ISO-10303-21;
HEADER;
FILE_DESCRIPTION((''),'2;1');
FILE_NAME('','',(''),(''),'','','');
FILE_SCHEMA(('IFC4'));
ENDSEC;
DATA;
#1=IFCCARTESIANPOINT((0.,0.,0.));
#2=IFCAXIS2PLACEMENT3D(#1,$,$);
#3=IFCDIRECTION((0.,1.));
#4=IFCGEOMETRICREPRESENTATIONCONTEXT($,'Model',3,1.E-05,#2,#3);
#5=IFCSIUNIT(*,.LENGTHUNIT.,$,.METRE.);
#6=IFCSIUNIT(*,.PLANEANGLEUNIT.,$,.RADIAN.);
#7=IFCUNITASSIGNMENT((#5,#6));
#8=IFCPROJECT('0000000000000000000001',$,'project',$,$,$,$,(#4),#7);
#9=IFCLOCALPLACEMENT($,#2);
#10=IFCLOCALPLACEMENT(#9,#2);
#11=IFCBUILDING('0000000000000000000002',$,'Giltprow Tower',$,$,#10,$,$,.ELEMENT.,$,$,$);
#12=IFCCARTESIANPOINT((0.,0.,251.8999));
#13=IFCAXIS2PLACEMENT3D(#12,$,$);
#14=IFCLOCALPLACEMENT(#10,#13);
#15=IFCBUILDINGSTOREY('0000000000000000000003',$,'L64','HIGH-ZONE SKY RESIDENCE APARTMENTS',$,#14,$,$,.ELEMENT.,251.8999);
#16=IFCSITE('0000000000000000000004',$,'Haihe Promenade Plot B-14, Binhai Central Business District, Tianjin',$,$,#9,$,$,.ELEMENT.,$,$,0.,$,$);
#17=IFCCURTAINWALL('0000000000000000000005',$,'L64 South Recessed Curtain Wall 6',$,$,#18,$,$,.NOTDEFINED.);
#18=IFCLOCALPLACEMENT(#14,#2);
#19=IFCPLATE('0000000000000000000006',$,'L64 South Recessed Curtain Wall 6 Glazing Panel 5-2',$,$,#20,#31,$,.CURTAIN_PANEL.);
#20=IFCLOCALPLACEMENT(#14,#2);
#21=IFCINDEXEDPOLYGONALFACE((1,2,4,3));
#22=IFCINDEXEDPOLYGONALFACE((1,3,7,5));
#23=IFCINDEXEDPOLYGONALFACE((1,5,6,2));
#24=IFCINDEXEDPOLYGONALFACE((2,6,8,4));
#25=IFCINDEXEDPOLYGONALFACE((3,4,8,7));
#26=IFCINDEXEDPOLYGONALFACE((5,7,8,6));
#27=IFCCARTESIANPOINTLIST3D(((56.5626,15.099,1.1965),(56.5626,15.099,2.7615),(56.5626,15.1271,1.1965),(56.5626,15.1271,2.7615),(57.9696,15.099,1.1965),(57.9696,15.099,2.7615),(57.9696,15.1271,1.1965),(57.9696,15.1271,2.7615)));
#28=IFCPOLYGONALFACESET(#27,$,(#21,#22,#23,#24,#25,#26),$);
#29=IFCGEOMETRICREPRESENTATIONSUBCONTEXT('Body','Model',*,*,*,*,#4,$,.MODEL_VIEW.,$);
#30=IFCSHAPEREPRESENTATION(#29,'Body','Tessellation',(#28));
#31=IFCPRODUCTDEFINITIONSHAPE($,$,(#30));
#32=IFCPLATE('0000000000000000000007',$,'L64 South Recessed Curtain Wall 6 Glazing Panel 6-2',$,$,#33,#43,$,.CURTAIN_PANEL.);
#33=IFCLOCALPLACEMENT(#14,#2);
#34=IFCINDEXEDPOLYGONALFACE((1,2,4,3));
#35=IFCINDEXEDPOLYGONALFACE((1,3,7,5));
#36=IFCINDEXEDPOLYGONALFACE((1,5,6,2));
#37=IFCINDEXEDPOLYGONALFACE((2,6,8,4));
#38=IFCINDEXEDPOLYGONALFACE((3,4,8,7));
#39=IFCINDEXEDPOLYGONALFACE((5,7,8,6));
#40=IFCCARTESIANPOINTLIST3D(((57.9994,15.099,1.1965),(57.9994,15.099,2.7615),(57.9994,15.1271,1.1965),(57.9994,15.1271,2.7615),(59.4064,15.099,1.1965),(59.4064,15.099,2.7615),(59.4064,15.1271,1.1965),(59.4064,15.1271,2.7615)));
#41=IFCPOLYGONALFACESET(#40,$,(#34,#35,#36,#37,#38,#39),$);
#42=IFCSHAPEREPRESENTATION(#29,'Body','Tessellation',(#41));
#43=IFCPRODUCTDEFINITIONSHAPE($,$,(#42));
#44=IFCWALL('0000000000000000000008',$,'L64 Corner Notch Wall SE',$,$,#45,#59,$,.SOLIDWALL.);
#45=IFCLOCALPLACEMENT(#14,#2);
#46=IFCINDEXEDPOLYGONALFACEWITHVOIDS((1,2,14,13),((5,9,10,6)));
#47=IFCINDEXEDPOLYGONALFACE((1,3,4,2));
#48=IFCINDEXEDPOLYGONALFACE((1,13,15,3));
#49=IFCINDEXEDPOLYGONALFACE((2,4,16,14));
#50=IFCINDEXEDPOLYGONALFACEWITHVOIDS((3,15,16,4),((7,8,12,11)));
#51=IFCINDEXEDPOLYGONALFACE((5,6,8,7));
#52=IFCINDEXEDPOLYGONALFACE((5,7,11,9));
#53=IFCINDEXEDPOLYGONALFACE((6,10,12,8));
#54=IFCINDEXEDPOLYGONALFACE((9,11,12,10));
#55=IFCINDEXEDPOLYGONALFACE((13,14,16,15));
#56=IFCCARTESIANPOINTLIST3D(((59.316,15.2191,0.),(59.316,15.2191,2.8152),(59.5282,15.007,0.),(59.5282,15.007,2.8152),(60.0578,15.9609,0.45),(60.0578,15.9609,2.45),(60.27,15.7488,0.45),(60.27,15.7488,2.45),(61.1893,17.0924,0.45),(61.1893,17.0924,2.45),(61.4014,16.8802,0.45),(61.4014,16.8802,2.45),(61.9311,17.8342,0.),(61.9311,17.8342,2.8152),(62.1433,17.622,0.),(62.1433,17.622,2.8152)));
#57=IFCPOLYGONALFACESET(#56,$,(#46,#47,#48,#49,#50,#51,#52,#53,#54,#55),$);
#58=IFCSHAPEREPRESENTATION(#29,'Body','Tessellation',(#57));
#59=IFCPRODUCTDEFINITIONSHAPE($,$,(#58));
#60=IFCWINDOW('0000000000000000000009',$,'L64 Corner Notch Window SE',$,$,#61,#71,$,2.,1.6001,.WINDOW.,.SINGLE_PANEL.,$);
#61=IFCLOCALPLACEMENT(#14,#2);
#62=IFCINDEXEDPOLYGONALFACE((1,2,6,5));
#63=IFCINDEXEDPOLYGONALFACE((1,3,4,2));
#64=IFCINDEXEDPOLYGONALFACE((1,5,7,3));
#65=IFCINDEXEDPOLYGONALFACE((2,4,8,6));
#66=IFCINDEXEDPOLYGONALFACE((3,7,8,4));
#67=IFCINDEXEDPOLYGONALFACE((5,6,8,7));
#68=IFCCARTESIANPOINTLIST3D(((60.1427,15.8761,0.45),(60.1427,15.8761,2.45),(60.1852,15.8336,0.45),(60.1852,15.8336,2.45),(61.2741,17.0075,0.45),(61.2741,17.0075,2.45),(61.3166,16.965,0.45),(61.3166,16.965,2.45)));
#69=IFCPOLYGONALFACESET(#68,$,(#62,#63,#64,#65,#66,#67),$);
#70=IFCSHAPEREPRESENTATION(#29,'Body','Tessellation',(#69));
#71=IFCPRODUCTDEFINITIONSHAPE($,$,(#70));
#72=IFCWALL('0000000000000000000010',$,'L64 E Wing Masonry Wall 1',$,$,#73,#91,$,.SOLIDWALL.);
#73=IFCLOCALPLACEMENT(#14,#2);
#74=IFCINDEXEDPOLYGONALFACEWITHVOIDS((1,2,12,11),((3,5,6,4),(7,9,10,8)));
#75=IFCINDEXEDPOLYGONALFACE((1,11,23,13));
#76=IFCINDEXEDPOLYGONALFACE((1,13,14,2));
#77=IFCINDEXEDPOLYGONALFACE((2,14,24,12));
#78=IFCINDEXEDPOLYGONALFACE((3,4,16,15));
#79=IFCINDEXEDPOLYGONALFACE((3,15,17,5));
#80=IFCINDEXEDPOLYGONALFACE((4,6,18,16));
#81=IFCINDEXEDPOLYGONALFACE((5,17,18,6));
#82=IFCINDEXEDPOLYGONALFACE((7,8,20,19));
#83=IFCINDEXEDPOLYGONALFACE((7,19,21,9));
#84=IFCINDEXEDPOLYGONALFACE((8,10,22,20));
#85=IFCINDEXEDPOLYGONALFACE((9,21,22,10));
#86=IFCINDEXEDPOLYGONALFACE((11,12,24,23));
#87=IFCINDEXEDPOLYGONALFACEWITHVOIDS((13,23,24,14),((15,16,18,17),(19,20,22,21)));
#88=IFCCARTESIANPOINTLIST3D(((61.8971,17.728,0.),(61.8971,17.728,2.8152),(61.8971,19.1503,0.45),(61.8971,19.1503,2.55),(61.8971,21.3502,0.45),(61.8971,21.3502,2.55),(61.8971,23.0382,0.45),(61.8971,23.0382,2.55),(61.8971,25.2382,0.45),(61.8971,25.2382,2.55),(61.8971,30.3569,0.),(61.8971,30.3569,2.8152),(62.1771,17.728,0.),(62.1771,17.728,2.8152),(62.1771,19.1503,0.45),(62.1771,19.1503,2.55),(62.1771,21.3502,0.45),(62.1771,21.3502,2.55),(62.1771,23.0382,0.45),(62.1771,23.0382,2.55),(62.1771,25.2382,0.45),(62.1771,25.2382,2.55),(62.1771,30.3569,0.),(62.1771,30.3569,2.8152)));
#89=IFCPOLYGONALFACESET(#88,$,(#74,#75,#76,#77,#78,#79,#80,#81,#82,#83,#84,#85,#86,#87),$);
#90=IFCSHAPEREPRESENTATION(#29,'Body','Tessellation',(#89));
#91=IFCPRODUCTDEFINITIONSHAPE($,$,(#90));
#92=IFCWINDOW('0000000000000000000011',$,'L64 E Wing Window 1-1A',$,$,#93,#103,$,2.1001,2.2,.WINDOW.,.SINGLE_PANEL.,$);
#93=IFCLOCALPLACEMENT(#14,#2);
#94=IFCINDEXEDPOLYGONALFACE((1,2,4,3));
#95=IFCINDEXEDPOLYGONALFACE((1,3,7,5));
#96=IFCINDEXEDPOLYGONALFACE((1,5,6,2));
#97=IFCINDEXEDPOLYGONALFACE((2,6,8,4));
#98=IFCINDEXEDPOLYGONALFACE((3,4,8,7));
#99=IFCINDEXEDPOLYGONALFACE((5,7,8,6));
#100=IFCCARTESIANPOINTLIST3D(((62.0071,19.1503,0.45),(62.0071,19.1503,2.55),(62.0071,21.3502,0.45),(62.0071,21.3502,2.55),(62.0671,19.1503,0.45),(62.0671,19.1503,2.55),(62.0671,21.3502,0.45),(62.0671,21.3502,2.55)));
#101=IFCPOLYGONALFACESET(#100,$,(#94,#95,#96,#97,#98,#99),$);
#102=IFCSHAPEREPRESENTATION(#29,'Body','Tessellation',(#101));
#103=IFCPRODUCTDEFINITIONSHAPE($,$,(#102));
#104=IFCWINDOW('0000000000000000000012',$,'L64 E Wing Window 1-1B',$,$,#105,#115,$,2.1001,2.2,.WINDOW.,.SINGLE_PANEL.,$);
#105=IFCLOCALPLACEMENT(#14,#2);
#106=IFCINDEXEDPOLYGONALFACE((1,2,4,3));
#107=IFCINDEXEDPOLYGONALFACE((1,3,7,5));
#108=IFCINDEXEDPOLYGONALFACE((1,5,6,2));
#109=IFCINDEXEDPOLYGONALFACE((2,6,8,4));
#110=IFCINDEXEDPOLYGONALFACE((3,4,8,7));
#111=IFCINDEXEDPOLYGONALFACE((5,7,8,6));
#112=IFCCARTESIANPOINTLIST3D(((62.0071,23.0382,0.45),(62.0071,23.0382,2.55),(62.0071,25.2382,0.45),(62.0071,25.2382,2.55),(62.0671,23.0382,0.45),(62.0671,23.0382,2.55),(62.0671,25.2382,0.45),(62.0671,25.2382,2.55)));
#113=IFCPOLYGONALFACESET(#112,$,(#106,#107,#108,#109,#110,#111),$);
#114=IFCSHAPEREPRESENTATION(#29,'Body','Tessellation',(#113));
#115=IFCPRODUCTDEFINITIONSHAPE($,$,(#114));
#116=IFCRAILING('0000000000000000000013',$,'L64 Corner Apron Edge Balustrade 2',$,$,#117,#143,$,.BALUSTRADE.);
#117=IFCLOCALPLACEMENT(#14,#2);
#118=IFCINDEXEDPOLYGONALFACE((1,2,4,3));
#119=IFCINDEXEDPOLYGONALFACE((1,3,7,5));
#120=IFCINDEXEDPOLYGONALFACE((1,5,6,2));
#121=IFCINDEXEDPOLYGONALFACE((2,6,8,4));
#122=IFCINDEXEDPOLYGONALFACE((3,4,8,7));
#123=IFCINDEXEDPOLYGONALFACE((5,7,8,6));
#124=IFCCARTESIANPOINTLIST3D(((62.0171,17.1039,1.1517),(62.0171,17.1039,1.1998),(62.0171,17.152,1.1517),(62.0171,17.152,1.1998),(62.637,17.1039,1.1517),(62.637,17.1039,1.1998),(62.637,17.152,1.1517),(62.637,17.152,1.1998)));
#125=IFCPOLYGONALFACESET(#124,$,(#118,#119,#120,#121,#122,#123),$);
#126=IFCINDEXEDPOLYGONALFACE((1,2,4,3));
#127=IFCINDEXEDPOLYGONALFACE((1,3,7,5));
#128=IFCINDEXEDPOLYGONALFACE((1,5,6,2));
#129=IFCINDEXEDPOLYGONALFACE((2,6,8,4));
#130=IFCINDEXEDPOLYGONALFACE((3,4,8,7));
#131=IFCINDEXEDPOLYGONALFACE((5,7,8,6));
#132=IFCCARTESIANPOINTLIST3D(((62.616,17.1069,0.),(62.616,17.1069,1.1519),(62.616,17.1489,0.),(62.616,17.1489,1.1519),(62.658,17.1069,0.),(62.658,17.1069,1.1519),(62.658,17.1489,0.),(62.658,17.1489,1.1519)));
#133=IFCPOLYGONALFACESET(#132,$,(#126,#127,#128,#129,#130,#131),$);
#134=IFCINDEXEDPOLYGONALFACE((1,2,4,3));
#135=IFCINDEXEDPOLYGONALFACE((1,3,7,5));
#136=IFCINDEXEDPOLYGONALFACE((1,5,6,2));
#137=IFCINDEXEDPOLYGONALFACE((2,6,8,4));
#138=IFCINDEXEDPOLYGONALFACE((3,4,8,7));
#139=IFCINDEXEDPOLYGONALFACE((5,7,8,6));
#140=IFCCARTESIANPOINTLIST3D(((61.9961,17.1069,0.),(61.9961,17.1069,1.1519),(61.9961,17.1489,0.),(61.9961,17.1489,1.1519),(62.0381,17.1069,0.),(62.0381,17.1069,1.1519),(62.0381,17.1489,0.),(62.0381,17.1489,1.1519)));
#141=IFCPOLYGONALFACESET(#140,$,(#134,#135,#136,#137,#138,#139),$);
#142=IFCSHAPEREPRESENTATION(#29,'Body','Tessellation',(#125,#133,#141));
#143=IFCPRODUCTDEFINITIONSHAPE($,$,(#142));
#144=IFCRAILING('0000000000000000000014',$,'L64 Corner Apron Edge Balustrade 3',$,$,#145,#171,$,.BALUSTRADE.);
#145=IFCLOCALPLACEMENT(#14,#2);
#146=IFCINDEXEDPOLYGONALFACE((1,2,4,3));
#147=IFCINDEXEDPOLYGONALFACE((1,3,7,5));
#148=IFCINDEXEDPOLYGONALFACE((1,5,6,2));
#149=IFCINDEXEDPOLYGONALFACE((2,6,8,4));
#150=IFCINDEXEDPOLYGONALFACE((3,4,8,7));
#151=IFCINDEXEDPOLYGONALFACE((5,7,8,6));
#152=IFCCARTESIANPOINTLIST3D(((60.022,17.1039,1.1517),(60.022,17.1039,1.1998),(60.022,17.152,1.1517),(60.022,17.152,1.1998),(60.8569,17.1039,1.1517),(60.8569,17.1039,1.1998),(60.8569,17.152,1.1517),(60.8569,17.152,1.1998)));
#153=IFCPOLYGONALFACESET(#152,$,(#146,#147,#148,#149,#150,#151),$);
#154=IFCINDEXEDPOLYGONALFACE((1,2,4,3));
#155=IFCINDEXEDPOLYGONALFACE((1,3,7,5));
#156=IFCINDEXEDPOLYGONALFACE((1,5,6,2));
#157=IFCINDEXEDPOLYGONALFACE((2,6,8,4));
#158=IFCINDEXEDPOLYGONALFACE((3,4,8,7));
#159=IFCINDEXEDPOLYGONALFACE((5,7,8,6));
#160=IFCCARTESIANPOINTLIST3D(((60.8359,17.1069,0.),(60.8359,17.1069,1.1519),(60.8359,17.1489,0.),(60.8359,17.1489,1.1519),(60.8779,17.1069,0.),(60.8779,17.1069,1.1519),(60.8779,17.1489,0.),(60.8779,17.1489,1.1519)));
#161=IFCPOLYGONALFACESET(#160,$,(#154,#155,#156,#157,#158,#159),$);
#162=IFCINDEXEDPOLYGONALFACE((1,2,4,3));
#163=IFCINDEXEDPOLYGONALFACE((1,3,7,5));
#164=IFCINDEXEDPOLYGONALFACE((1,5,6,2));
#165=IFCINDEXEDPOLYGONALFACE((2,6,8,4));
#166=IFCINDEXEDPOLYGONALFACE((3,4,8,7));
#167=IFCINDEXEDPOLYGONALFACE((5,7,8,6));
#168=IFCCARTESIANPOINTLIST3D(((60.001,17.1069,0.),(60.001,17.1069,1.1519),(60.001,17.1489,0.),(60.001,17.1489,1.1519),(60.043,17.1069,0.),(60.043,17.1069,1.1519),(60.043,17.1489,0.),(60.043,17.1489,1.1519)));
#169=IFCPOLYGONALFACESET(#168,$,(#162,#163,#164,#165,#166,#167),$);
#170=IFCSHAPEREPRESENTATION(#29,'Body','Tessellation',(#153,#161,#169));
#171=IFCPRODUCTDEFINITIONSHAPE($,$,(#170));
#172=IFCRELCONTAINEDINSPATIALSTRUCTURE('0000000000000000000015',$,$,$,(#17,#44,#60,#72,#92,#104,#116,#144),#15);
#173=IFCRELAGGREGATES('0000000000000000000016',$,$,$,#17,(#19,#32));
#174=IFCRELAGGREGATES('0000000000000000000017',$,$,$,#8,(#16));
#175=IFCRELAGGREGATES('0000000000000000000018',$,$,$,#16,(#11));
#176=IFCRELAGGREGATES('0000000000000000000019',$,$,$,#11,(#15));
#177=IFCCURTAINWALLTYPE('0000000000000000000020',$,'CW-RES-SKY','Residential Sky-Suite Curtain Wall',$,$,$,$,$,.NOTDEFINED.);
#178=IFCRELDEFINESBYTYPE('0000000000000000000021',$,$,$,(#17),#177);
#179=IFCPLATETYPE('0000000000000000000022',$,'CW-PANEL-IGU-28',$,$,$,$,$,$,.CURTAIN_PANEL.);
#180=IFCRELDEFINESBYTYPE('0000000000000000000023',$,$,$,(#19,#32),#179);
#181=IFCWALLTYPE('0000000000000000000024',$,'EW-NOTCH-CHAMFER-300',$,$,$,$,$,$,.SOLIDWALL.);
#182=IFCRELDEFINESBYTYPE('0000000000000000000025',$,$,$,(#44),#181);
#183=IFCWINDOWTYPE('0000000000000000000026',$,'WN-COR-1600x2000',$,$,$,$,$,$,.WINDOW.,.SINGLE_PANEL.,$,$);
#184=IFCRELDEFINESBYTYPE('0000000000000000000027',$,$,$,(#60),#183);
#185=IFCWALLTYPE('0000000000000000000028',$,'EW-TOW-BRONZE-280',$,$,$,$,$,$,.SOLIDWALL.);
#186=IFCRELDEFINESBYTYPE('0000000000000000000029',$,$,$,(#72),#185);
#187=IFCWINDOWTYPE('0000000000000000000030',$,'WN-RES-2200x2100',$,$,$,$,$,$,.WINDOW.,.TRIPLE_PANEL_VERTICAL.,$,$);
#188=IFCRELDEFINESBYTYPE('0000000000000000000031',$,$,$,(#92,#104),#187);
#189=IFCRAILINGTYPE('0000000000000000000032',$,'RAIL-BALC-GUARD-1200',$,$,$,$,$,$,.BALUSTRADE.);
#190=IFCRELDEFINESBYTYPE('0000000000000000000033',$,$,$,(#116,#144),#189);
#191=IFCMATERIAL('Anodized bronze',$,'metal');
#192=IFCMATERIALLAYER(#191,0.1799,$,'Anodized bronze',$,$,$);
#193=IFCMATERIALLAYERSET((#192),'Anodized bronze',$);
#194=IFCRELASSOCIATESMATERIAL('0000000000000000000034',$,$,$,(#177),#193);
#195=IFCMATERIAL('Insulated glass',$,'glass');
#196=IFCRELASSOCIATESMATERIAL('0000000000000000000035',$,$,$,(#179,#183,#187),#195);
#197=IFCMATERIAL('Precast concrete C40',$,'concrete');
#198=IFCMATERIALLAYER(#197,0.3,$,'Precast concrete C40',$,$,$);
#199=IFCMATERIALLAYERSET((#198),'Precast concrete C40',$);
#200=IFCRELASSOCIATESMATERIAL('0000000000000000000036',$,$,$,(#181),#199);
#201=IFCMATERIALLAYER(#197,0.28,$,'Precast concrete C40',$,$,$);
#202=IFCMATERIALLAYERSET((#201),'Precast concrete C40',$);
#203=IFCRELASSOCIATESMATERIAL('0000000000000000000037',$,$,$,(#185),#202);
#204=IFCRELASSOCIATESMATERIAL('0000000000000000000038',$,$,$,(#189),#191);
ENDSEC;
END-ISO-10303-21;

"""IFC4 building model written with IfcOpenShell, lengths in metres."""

from ifc_helpers import new_model, si_unit, direction, frame, frame_2d, origin, origin_2d, place, context, subcontext, project, spatial, rectangle, extrude, source, transform, mapped, material, layer, layer_set, type_object, element, fill, aggregate, save


model = new_model("IFC4")

# Units and contexts
model_context = context("Model", 3, precision=1e-05, world=origin(), true_north=direction((0.0, 1.0)))
body_context = subcontext(model_context, "Body", "Model", "MODEL_VIEW")
ifc_project = project(units=[si_unit("LENGTHUNIT", "METRE"), si_unit("PLANEANGLEUNIT", "RADIAN")], contexts=[model_context])

# Site, building, storey
site_placement = place(None, origin())
site = spatial("IfcSite", under=ifc_project, at=site_placement, Name="Haihe Promenade Plot B-14, Binhai Central Business District, Tianjin", CompositionType="ELEMENT", RefElevation=0.0)
building_placement = place(site_placement, origin())
building = spatial("IfcBuilding", under=site, at=building_placement, Name="Giltprow Tower", CompositionType="ELEMENT")
storey_placement = place(building_placement, frame((0.0, 0.0, 251.8999)))
storey = spatial("IfcBuildingStorey", under=building, at=storey_placement, Name="L64", Description="HIGH-ZONE SKY RESIDENCE APARTMENTS", CompositionType="ELEMENT", Elevation=251.8999)

# Curtain wall
ifc_material_1 = material(Name="Anodized bronze", Category="metal")
ifc_layer_1 = layer(ifc_material_1, 0.1799, Name="Anodized bronze")
ifc_layer_set_1 = layer_set([ifc_layer_1], Name="Anodized bronze")
curtain_wall_type = type_object("IfcCurtainWallType", Name="CW-RES-SKY", Description="Residential Sky-Suite Curtain Wall", PredefinedType="NOTDEFINED", material=ifc_layer_set_1)
curtain_wall_placement = place(storey_placement, origin())
curtain_wall = element("IfcCurtainWall", 1, at=curtain_wall_placement, inside=storey, type_object=curtain_wall_type, Name="L64 South Recessed Curtain Wall 6", PredefinedType="NOTDEFINED")

# Plates
ifc_material_2 = material(Name="Insulated glass", Category="glass")
plate_type_1 = type_object("IfcPlateType", Name="CW-PANEL-IGU-28", PredefinedType="CURTAIN_PANEL", material=ifc_material_2)
shared_shape_1 = source(origin(), body_context, "Body", "SweptSolid", [
    extrude(rectangle(XDim=1.407, YDim=0.0281, at=origin_2d()), origin(), (0.0, 0.0, 1.0), 1.5649),
])
plate_1_placement = place(storey_placement, frame((57.2661, 15.113, 1.1965), z_axis=(0.0, 0.0, 1.0), x_axis=(1.0, 0.0, 0.0)))
plate_1 = element("IfcPlate", 2, at=plate_1_placement, type_object=plate_type_1, Name="L64 South Recessed Curtain Wall 6 Glazing Panel 5-2", PredefinedType="CURTAIN_PANEL", context=body_context, shape_type="MappedRepresentation", body=[
    mapped(shared_shape_1, transform((0.0, 0.0, 0.0), x_axis=(1.0, 0.0, 0.0), y_axis=(0.0, 1.0, 0.0), z_axis=(0.0, 0.0, 1.0), scale=1.0)),
])
plate_2_placement = place(storey_placement, frame((58.7029, 15.113, 1.1965), z_axis=(0.0, 0.0, 1.0), x_axis=(1.0, 0.0, 0.0)))
plate_2 = element("IfcPlate", 3, at=plate_2_placement, type_object=plate_type_1, Name="L64 South Recessed Curtain Wall 6 Glazing Panel 6-2", PredefinedType="CURTAIN_PANEL", context=body_context, shape_type="MappedRepresentation", body=[
    mapped(shared_shape_1, transform((0.0, 0.0, 0.0), x_axis=(1.0, 0.0, 0.0), y_axis=(0.0, 1.0, 0.0), z_axis=(0.0, 0.0, 1.0), scale=1.0)),
])
aggregate(curtain_wall, [plate_1, plate_2])

# Wall, opening, window
ifc_material_3 = material(Name="Precast concrete C40", Category="concrete")
ifc_layer_2 = layer(ifc_material_3, 0.3, Name="Precast concrete C40")
ifc_layer_set_2 = layer_set([ifc_layer_2], Name="Precast concrete C40")
wall_type_1 = type_object("IfcWallType", Name="EW-NOTCH-CHAMFER-300", PredefinedType="SOLIDWALL", material=ifc_layer_set_2)
wall_1_placement = place(storey_placement, frame((59.4221, 15.113, 0.0), z_axis=(0.0, 0.0, 1.0), x_axis=(0.707107, 0.707107, 0.0)))
wall_1 = element("IfcWall", 4, at=wall_1_placement, inside=storey, type_object=wall_type_1, Name="L64 Corner Notch Wall SE", PredefinedType="SOLIDWALL", context=body_context, shape_type="SweptSolid", body=[
    extrude(rectangle(XDim=3.6982, YDim=0.3, at=frame_2d((1.8491, 0.0))), origin(), (0.0, 0.0, 1.0), 2.8152),
])
opening_1_placement = place(wall_1_placement, frame((1.0491, 0.0, 0.45)))
opening_1 = element("IfcOpeningElement", 5, at=opening_1_placement, cuts=wall_1, PredefinedType="OPENING", context=body_context, shape_type="SweptSolid", body=[
    extrude(rectangle(XDim=1.6001, YDim=2.0, at=frame_2d((0.8, 1.0))), frame((0.0, 0.1599, 0.0), z_axis=(0.0, -1.0, 0.0), x_axis=(1.0, 0.0, 0.0)), (0.0, 0.0, 1.0), 0.3201),
])
window_type_1 = type_object("IfcWindowType", Name="WN-COR-1600x2000", PartitioningType="SINGLE_PANEL", PredefinedType="WINDOW", material=ifc_material_2)
shared_shape_2 = source(origin(), body_context, "Body", "SweptSolid", [
    extrude(rectangle(XDim=1.6001, YDim=2.0, at=frame_2d((0.8, 1.0))), frame((0.0, 0.03, 0.0), z_axis=(0.0, -1.0, 0.0), x_axis=(1.0, 0.0, 0.0)), (0.0, 0.0, 1.0), 0.0601),
])
window_1_placement = place(opening_1_placement, origin())
window_1 = element("IfcWindow", 6, at=window_1_placement, inside=storey, type_object=window_type_1, Name="L64 Corner Notch Window SE", OverallHeight=2.0, OverallWidth=1.6001, PartitioningType="SINGLE_PANEL", PredefinedType="WINDOW", context=body_context, shape_type="MappedRepresentation", body=[
    mapped(shared_shape_2, transform((0.0, 0.0, 0.0), x_axis=(1.0, 0.0, 0.0), y_axis=(0.0, 1.0, 0.0), z_axis=(0.0, 0.0, 1.0), scale=1.0)),
])
fill(opening_1, window_1)

# Wall, openings, windows
ifc_layer_3 = layer(ifc_material_3, 0.28, Name="Precast concrete C40")
ifc_layer_set_3 = layer_set([ifc_layer_3], Name="Precast concrete C40")
wall_type_2 = type_object("IfcWallType", Name="EW-TOW-BRONZE-280", PredefinedType="SOLIDWALL", material=ifc_layer_set_3)
wall_2_placement = place(storey_placement, frame((62.0371, 17.728, 0.0), z_axis=(0.0, 0.0, 1.0), x_axis=(0.0, 1.0, 0.0)))
wall_2 = element("IfcWall", 7, at=wall_2_placement, inside=storey, type_object=wall_type_2, Name="L64 E Wing Masonry Wall 1", PredefinedType="SOLIDWALL", context=body_context, shape_type="SweptSolid", body=[
    extrude(rectangle(XDim=12.6289, YDim=0.28, at=frame_2d((6.3145, 0.0))), origin(), (0.0, 0.0, 1.0), 2.8152),
])
opening_2_placement = place(wall_2_placement, frame((1.4221, 0.0, 0.45)))
opening_2 = element("IfcOpeningElement", 8, at=opening_2_placement, cuts=wall_2, PredefinedType="OPENING", context=body_context, shape_type="SweptSolid", body=[
    extrude(rectangle(XDim=2.2, YDim=2.1001, at=frame_2d((1.1001, 1.05))), frame((0.0, 0.1499, 0.0), z_axis=(0.0, -1.0, 0.0), x_axis=(1.0, 0.0, 0.0)), (0.0, 0.0, 1.0), 0.3),
])
opening_3_placement = place(wall_2_placement, frame((5.3101, 0.0, 0.45)))
opening_3 = element("IfcOpeningElement", 9, at=opening_3_placement, cuts=wall_2, PredefinedType="OPENING", context=body_context, shape_type="SweptSolid", body=[
    extrude(rectangle(XDim=2.2, YDim=2.1001, at=frame_2d((1.1001, 1.05))), frame((0.0, 0.1499, 0.0), z_axis=(0.0, -1.0, 0.0), x_axis=(1.0, 0.0, 0.0)), (0.0, 0.0, 1.0), 0.3),
])
window_type_2 = type_object("IfcWindowType", Name="WN-RES-2200x2100", PartitioningType="TRIPLE_PANEL_VERTICAL", PredefinedType="WINDOW", material=ifc_material_2)
shared_shape_3 = source(origin(), body_context, "Body", "SweptSolid", [
    extrude(rectangle(XDim=2.2, YDim=2.1001, at=frame_2d((1.1001, 1.05))), frame((0.0, 0.03, 0.0), z_axis=(0.0, -1.0, 0.0), x_axis=(1.0, 0.0, 0.0)), (0.0, 0.0, 1.0), 0.0601),
])
window_2_placement = place(opening_2_placement, origin())
window_2 = element("IfcWindow", 10, at=window_2_placement, inside=storey, type_object=window_type_2, Name="L64 E Wing Window 1-1A", OverallHeight=2.1001, OverallWidth=2.2, PartitioningType="SINGLE_PANEL", PredefinedType="WINDOW", context=body_context, shape_type="MappedRepresentation", body=[
    mapped(shared_shape_3, transform((0.0, 0.0, 0.0), x_axis=(1.0, 0.0, 0.0), y_axis=(0.0, 1.0, 0.0), z_axis=(0.0, 0.0, 1.0), scale=1.0)),
])
fill(opening_2, window_2)
window_3_placement = place(opening_3_placement, origin())
window_3 = element("IfcWindow", 11, at=window_3_placement, inside=storey, type_object=window_type_2, Name="L64 E Wing Window 1-1B", OverallHeight=2.1001, OverallWidth=2.2, PartitioningType="SINGLE_PANEL", PredefinedType="WINDOW", context=body_context, shape_type="MappedRepresentation", body=[
    mapped(shared_shape_3, transform((0.0, 0.0, 0.0), x_axis=(1.0, 0.0, 0.0), y_axis=(0.0, 1.0, 0.0), z_axis=(0.0, 0.0, 1.0), scale=1.0)),
])
fill(opening_3, window_3)

# Railings
railing_type = type_object("IfcRailingType", Name="RAIL-BALC-GUARD-1200", PredefinedType="BALUSTRADE", material=ifc_material_1)
railing_1_placement = place(storey_placement, frame((62.637, 17.1279, 0.0)))
element("IfcRailing", 12, at=railing_1_placement, inside=storey, type_object=railing_type, Name="L64 Corner Apron Edge Balustrade 2", PredefinedType="BALUSTRADE", context=body_context, shape_type="SweptSolid", body=[
    extrude(rectangle(XDim=0.0481, YDim=0.0481, at=origin_2d()), frame((0.0, 0.0, 1.1758), z_axis=(-1.0, 0.0, 0.0), x_axis=(0.0, -1.0, 0.0)), (0.0, 0.0, 1.0), 0.6199),
    extrude(rectangle(XDim=0.042, YDim=0.042, at=origin_2d()), origin(), (0.0, 0.0, 1.0), 1.1519),
    extrude(rectangle(XDim=0.042, YDim=0.042, at=origin_2d()), frame((-0.6199, 0.0, 0.0)), (0.0, 0.0, 1.0), 1.1519),
])
railing_2_placement = place(storey_placement, frame((60.8569, 17.1279, 0.0)))
element("IfcRailing", 13, at=railing_2_placement, inside=storey, type_object=railing_type, Name="L64 Corner Apron Edge Balustrade 3", PredefinedType="BALUSTRADE", context=body_context, shape_type="SweptSolid", body=[
    extrude(rectangle(XDim=0.0481, YDim=0.0481, at=origin_2d()), frame((0.0, 0.0, 1.1758), z_axis=(-1.0, 0.0, 0.0), x_axis=(0.0, -1.0, 0.0)), (0.0, 0.0, 1.0), 0.835),
    extrude(rectangle(XDim=0.042, YDim=0.042, at=origin_2d()), origin(), (0.0, 0.0, 1.0), 1.1519),
    extrude(rectangle(XDim=0.042, YDim=0.042, at=origin_2d()), frame((-0.835, 0.0, 0.0)), (0.0, 0.0, 1.0), 1.1519),
])

save(model, "model.ifc")
